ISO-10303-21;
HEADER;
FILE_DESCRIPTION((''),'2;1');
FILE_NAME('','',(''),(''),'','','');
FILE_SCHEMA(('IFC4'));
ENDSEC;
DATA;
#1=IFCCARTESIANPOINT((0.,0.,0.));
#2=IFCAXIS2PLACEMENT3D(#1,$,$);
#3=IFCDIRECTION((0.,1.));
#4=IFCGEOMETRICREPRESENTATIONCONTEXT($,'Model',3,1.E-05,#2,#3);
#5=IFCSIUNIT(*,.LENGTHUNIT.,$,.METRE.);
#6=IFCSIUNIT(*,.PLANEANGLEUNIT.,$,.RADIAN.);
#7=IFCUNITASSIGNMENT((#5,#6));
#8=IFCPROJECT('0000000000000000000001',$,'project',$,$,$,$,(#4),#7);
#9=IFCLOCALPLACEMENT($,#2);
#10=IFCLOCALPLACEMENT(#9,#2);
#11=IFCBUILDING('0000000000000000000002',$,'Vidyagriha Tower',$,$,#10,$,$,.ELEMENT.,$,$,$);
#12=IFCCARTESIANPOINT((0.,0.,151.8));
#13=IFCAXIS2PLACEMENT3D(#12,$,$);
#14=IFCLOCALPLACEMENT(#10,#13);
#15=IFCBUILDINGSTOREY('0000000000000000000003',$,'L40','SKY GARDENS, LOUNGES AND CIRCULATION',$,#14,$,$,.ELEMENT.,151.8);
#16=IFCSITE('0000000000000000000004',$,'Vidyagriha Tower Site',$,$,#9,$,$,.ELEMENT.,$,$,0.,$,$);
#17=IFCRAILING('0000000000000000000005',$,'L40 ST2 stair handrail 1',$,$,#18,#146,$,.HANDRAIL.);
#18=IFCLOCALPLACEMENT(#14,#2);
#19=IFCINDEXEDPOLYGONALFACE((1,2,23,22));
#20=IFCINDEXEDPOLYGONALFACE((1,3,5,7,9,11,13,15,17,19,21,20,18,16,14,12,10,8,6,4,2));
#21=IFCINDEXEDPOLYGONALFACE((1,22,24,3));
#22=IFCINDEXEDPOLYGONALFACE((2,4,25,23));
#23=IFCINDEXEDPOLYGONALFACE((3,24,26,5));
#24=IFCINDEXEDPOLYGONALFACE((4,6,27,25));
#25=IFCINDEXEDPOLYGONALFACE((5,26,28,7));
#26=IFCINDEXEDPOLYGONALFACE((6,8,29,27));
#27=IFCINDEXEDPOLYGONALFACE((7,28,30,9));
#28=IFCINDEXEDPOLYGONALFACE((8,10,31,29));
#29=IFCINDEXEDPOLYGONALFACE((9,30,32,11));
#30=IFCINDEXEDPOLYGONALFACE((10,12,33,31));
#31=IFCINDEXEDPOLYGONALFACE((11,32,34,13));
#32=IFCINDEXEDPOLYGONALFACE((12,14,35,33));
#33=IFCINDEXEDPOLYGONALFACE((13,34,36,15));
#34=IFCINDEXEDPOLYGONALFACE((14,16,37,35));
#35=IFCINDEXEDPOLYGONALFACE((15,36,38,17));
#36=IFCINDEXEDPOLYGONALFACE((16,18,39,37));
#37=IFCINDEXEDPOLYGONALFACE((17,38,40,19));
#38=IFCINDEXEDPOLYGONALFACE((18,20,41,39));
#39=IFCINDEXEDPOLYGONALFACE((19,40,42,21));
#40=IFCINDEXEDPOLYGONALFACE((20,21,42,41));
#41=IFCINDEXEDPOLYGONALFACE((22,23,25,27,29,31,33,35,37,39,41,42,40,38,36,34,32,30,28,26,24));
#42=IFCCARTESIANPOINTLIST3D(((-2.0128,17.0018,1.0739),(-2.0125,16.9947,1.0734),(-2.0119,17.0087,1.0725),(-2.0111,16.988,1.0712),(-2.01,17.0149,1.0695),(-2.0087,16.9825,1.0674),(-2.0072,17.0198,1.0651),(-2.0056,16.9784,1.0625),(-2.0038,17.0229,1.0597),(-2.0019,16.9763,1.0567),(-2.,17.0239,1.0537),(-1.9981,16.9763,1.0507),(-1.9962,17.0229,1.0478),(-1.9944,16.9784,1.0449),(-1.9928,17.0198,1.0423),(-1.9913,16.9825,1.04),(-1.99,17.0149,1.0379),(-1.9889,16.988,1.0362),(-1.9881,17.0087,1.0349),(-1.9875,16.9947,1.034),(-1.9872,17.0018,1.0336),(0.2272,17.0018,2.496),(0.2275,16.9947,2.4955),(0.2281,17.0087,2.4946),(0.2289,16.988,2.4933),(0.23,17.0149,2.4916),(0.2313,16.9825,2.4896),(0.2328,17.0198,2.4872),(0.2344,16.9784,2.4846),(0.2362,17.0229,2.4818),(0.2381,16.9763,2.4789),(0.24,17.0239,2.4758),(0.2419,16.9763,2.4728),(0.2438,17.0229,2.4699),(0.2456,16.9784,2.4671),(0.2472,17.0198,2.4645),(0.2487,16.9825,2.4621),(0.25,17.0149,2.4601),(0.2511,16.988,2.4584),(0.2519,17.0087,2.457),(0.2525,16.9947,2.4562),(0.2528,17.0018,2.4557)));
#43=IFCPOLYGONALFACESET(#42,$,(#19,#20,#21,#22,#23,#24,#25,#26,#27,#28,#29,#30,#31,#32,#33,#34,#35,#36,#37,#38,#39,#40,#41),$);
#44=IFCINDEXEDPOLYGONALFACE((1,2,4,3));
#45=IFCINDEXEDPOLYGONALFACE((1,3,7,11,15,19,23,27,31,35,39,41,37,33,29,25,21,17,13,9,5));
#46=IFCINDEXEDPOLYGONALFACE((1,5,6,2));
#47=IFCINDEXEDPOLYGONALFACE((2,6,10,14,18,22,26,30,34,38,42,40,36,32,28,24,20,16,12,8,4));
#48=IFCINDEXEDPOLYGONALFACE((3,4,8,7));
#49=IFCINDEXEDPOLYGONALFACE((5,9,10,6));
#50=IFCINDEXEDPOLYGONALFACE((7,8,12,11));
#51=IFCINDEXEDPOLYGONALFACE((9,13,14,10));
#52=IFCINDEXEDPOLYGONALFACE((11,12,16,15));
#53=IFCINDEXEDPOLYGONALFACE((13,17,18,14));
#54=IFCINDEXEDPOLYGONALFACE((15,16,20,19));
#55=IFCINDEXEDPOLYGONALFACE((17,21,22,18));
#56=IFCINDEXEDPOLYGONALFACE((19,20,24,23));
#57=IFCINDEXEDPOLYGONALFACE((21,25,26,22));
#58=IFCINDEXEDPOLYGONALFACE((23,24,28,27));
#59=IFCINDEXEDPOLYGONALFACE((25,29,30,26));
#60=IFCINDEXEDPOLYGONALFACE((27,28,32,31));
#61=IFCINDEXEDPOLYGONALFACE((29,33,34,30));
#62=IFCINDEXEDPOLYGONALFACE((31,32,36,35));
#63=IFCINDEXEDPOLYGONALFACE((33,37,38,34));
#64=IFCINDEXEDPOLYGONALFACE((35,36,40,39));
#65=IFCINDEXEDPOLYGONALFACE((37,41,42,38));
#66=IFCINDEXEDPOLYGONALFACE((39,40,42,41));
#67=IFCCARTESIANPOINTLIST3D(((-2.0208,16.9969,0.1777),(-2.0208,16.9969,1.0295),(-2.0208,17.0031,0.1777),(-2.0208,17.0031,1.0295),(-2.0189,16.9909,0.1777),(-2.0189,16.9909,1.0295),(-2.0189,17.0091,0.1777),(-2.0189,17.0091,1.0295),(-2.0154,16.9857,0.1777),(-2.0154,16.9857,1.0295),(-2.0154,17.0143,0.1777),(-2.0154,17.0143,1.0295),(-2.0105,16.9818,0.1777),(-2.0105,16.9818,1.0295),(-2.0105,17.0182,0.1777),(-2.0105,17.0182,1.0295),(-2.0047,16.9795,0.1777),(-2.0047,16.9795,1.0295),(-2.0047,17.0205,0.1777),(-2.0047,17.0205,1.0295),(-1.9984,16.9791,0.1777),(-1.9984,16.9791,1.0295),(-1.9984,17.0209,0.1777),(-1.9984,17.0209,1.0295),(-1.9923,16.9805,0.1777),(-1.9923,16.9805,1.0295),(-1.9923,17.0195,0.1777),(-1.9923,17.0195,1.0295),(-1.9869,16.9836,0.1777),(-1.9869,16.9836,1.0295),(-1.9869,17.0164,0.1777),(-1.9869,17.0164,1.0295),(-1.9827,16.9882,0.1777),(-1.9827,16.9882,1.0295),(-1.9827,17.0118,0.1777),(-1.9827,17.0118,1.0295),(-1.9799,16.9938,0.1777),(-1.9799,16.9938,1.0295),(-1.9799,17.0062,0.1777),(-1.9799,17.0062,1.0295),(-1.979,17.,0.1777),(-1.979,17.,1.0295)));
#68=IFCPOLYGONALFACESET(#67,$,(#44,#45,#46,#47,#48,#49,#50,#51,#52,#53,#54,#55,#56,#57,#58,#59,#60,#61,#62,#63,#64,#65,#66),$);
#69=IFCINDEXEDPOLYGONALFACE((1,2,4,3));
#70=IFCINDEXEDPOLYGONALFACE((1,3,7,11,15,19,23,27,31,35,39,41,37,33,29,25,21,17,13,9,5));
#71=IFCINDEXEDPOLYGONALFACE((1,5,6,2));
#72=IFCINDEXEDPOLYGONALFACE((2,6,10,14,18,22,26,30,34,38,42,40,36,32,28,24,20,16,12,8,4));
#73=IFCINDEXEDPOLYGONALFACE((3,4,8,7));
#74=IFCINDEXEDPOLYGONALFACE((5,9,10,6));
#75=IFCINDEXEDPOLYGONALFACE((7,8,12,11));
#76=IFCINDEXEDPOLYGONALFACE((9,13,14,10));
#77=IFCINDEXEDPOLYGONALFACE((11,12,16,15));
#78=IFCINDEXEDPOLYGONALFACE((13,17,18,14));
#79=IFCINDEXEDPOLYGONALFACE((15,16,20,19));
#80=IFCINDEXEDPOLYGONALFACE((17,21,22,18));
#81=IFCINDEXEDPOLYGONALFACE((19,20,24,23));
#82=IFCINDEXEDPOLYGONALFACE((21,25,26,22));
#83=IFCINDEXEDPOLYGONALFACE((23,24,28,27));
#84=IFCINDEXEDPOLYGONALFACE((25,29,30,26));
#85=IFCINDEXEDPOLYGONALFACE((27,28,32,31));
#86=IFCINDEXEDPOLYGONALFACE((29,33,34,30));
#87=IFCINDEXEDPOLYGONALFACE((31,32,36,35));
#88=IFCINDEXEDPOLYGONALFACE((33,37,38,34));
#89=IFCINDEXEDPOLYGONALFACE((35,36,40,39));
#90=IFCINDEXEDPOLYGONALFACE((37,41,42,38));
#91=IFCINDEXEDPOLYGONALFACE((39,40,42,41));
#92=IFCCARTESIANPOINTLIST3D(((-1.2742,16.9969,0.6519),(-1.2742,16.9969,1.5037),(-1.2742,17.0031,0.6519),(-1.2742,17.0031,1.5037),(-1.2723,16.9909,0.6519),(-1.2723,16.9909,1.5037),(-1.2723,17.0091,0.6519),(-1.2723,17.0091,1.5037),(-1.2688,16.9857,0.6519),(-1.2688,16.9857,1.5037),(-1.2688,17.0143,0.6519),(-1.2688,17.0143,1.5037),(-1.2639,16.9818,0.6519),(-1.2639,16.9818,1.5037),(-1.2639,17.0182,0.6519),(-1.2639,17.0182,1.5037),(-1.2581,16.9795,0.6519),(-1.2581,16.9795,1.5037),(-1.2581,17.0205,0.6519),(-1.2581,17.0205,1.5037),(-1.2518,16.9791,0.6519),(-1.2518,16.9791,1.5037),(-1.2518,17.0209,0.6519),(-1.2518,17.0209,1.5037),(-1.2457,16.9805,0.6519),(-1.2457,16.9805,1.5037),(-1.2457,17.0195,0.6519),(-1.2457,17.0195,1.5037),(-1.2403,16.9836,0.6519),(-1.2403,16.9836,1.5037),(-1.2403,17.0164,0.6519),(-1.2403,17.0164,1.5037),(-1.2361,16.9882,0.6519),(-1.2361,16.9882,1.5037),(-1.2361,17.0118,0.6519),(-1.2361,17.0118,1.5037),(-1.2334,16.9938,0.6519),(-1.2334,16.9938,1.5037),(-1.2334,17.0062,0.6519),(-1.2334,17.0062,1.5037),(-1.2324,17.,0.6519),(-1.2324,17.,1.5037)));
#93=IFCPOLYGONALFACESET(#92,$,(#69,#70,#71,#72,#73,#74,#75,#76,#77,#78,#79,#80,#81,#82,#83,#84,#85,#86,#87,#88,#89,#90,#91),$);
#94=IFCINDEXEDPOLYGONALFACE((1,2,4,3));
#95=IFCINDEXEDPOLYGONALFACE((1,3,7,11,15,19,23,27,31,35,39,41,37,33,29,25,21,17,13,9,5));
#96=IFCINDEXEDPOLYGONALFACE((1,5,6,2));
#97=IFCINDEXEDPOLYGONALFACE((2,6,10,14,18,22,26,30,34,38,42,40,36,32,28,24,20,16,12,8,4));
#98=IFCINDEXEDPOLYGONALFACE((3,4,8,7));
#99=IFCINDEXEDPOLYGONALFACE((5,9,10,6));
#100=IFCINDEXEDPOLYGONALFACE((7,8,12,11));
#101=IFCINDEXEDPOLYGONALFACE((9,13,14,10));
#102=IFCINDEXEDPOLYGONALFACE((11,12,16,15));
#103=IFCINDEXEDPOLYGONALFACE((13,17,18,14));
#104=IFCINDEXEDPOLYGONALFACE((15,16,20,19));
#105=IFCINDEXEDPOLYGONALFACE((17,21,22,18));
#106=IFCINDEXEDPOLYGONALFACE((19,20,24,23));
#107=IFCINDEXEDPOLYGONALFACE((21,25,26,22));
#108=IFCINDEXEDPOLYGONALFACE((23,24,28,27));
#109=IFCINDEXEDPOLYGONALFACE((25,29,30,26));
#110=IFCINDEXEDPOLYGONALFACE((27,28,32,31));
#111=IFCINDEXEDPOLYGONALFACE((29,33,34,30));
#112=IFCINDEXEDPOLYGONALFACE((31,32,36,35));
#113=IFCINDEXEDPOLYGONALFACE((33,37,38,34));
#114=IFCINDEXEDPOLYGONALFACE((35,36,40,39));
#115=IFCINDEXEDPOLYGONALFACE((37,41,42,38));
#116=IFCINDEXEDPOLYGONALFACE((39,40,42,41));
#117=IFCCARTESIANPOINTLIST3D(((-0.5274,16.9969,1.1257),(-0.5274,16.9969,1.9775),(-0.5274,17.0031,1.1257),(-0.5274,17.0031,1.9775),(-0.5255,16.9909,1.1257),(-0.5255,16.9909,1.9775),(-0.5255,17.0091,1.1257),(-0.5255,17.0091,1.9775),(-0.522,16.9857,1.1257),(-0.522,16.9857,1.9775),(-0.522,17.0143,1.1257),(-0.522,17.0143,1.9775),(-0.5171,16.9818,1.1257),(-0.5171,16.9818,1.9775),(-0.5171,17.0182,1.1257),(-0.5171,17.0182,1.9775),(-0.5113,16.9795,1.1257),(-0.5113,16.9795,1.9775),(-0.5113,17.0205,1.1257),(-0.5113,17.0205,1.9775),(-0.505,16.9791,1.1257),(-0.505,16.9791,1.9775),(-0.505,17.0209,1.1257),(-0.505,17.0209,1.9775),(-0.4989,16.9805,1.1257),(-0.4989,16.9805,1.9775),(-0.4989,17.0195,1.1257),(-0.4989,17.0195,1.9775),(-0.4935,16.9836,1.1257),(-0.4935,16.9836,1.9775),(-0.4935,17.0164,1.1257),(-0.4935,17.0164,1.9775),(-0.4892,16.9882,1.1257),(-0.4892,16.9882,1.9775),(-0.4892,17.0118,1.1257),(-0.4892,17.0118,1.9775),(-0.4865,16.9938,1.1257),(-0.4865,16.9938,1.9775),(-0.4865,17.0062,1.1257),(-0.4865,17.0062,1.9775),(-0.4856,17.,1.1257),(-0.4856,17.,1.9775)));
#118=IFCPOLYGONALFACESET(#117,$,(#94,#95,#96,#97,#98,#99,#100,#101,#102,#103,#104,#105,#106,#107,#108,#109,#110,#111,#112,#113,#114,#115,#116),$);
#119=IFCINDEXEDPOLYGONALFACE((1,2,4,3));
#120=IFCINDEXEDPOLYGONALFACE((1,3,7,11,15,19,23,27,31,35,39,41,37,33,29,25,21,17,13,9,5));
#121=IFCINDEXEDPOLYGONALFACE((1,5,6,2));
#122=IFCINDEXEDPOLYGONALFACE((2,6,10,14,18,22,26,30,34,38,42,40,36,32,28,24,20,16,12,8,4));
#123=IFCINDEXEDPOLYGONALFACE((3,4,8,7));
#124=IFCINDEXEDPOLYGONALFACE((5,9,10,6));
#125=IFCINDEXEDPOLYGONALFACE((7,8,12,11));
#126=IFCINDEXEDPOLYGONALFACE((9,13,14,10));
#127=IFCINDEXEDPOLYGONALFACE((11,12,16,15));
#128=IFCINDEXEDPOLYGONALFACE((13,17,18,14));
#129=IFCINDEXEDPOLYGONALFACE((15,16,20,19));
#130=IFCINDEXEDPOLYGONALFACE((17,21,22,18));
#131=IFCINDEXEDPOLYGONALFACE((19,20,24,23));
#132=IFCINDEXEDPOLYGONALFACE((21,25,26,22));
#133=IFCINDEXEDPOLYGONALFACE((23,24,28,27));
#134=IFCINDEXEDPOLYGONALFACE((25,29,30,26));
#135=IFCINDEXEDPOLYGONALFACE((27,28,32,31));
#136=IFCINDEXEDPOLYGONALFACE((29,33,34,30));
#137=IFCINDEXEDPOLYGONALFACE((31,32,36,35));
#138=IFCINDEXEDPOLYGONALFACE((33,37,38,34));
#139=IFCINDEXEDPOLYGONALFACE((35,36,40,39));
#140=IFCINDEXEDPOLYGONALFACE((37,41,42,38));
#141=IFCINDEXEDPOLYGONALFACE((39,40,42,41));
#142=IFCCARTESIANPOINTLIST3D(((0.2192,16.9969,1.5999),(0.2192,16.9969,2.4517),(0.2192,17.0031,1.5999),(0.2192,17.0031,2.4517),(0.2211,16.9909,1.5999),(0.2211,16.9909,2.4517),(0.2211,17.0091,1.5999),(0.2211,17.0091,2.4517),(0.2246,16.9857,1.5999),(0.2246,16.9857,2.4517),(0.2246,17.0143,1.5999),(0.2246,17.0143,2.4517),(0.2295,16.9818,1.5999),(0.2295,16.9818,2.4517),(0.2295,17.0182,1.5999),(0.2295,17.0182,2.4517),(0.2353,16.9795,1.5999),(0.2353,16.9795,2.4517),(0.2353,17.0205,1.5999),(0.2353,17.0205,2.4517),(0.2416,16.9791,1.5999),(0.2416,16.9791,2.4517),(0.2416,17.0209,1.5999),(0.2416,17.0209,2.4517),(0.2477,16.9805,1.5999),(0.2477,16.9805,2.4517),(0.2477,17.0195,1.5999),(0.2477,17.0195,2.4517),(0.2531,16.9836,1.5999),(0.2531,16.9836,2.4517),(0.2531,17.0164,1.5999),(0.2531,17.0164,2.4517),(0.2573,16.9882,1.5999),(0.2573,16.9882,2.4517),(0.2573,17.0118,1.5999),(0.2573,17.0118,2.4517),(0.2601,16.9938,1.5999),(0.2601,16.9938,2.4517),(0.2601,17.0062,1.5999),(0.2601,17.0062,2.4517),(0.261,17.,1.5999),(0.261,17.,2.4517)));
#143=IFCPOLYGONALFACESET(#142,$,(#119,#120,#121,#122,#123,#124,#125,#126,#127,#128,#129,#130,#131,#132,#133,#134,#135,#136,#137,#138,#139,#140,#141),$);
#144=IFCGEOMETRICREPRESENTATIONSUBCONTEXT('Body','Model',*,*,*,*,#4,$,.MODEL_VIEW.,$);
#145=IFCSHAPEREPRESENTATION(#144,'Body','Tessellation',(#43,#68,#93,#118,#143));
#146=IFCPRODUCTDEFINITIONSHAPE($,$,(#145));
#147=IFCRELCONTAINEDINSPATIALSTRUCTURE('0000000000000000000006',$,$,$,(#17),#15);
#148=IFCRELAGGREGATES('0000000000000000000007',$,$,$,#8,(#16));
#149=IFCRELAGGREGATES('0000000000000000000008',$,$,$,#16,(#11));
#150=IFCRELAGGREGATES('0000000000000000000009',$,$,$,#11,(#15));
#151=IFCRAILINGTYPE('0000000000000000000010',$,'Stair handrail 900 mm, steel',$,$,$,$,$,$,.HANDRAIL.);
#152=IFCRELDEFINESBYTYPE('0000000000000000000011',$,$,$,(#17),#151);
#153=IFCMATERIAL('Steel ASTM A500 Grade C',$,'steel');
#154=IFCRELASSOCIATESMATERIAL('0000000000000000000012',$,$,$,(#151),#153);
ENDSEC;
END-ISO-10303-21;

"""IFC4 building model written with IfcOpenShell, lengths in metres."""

from ifc_helpers import new_model, si_unit, direction, frame, origin, origin_2d, place, context, subcontext, project, spatial, circle, extrude, material, type_object, element, save


model = new_model("IFC4")

# Units and contexts
model_context = context("Model", 3, precision=1e-05, world=origin(), true_north=direction((0.0, 1.0)))
body_context = subcontext(model_context, "Body", "Model", "MODEL_VIEW")
ifc_project = project(units=[si_unit("LENGTHUNIT", "METRE"), si_unit("PLANEANGLEUNIT", "RADIAN")], contexts=[model_context])

# Site, building, storey
site_placement = place(None, origin())
site = spatial("IfcSite", under=ifc_project, at=site_placement, Name="Vidyagriha Tower Site", CompositionType="ELEMENT", RefElevation=0.0)
building_placement = place(site_placement, origin())
building = spatial("IfcBuilding", under=site, at=building_placement, Name="Vidyagriha Tower", CompositionType="ELEMENT")
storey_placement = place(building_placement, frame((0.0, 0.0, 151.8)))
storey = spatial("IfcBuildingStorey", under=building, at=storey_placement, Name="L40", Description="SKY GARDENS, LOUNGES AND CIRCULATION", CompositionType="ELEMENT", Elevation=151.8)

# Railing
ifc_material_1 = material(Name="Steel ASTM A500 Grade C", Category="steel")
railing_type = type_object("IfcRailingType", Name="Stair handrail 900 mm, steel", PredefinedType="HANDRAIL", material=ifc_material_1)
railing_1_placement = place(storey_placement, frame((-2.0, 17.0, 0.1777)))
element("IfcRailing", 1, at=railing_1_placement, inside=storey, type_object=railing_type, Name="L40 ST2 stair handrail 1", PredefinedType="HANDRAIL", context=body_context, shape_type="SweptSolid", body=[
    extrude(circle(Radius=0.0239, at=origin_2d()), frame((0.0, 0.0, 0.876), z_axis=(0.844229, 0.0, 0.535982), x_axis=(0.0, 1.0, 0.0)), (0.0, 0.0, 1.0), 2.6533),
    extrude(circle(Radius=0.021, at=origin_2d()), origin(), (0.0, 0.0, 1.0), 0.8518),
    extrude(circle(Radius=0.021, at=origin_2d()), frame((0.7466, 0.0, 0.4741)), (0.0, 0.0, 1.0), 0.8518),
    extrude(circle(Radius=0.021, at=origin_2d()), frame((1.4934, 0.0, 0.948)), (0.0, 0.0, 1.0), 0.8518),
    extrude(circle(Radius=0.021, at=origin_2d()), frame((2.24, 0.0, 1.4221)), (0.0, 0.0, 1.0), 0.8518),
])

save(model, "model.ifc")
